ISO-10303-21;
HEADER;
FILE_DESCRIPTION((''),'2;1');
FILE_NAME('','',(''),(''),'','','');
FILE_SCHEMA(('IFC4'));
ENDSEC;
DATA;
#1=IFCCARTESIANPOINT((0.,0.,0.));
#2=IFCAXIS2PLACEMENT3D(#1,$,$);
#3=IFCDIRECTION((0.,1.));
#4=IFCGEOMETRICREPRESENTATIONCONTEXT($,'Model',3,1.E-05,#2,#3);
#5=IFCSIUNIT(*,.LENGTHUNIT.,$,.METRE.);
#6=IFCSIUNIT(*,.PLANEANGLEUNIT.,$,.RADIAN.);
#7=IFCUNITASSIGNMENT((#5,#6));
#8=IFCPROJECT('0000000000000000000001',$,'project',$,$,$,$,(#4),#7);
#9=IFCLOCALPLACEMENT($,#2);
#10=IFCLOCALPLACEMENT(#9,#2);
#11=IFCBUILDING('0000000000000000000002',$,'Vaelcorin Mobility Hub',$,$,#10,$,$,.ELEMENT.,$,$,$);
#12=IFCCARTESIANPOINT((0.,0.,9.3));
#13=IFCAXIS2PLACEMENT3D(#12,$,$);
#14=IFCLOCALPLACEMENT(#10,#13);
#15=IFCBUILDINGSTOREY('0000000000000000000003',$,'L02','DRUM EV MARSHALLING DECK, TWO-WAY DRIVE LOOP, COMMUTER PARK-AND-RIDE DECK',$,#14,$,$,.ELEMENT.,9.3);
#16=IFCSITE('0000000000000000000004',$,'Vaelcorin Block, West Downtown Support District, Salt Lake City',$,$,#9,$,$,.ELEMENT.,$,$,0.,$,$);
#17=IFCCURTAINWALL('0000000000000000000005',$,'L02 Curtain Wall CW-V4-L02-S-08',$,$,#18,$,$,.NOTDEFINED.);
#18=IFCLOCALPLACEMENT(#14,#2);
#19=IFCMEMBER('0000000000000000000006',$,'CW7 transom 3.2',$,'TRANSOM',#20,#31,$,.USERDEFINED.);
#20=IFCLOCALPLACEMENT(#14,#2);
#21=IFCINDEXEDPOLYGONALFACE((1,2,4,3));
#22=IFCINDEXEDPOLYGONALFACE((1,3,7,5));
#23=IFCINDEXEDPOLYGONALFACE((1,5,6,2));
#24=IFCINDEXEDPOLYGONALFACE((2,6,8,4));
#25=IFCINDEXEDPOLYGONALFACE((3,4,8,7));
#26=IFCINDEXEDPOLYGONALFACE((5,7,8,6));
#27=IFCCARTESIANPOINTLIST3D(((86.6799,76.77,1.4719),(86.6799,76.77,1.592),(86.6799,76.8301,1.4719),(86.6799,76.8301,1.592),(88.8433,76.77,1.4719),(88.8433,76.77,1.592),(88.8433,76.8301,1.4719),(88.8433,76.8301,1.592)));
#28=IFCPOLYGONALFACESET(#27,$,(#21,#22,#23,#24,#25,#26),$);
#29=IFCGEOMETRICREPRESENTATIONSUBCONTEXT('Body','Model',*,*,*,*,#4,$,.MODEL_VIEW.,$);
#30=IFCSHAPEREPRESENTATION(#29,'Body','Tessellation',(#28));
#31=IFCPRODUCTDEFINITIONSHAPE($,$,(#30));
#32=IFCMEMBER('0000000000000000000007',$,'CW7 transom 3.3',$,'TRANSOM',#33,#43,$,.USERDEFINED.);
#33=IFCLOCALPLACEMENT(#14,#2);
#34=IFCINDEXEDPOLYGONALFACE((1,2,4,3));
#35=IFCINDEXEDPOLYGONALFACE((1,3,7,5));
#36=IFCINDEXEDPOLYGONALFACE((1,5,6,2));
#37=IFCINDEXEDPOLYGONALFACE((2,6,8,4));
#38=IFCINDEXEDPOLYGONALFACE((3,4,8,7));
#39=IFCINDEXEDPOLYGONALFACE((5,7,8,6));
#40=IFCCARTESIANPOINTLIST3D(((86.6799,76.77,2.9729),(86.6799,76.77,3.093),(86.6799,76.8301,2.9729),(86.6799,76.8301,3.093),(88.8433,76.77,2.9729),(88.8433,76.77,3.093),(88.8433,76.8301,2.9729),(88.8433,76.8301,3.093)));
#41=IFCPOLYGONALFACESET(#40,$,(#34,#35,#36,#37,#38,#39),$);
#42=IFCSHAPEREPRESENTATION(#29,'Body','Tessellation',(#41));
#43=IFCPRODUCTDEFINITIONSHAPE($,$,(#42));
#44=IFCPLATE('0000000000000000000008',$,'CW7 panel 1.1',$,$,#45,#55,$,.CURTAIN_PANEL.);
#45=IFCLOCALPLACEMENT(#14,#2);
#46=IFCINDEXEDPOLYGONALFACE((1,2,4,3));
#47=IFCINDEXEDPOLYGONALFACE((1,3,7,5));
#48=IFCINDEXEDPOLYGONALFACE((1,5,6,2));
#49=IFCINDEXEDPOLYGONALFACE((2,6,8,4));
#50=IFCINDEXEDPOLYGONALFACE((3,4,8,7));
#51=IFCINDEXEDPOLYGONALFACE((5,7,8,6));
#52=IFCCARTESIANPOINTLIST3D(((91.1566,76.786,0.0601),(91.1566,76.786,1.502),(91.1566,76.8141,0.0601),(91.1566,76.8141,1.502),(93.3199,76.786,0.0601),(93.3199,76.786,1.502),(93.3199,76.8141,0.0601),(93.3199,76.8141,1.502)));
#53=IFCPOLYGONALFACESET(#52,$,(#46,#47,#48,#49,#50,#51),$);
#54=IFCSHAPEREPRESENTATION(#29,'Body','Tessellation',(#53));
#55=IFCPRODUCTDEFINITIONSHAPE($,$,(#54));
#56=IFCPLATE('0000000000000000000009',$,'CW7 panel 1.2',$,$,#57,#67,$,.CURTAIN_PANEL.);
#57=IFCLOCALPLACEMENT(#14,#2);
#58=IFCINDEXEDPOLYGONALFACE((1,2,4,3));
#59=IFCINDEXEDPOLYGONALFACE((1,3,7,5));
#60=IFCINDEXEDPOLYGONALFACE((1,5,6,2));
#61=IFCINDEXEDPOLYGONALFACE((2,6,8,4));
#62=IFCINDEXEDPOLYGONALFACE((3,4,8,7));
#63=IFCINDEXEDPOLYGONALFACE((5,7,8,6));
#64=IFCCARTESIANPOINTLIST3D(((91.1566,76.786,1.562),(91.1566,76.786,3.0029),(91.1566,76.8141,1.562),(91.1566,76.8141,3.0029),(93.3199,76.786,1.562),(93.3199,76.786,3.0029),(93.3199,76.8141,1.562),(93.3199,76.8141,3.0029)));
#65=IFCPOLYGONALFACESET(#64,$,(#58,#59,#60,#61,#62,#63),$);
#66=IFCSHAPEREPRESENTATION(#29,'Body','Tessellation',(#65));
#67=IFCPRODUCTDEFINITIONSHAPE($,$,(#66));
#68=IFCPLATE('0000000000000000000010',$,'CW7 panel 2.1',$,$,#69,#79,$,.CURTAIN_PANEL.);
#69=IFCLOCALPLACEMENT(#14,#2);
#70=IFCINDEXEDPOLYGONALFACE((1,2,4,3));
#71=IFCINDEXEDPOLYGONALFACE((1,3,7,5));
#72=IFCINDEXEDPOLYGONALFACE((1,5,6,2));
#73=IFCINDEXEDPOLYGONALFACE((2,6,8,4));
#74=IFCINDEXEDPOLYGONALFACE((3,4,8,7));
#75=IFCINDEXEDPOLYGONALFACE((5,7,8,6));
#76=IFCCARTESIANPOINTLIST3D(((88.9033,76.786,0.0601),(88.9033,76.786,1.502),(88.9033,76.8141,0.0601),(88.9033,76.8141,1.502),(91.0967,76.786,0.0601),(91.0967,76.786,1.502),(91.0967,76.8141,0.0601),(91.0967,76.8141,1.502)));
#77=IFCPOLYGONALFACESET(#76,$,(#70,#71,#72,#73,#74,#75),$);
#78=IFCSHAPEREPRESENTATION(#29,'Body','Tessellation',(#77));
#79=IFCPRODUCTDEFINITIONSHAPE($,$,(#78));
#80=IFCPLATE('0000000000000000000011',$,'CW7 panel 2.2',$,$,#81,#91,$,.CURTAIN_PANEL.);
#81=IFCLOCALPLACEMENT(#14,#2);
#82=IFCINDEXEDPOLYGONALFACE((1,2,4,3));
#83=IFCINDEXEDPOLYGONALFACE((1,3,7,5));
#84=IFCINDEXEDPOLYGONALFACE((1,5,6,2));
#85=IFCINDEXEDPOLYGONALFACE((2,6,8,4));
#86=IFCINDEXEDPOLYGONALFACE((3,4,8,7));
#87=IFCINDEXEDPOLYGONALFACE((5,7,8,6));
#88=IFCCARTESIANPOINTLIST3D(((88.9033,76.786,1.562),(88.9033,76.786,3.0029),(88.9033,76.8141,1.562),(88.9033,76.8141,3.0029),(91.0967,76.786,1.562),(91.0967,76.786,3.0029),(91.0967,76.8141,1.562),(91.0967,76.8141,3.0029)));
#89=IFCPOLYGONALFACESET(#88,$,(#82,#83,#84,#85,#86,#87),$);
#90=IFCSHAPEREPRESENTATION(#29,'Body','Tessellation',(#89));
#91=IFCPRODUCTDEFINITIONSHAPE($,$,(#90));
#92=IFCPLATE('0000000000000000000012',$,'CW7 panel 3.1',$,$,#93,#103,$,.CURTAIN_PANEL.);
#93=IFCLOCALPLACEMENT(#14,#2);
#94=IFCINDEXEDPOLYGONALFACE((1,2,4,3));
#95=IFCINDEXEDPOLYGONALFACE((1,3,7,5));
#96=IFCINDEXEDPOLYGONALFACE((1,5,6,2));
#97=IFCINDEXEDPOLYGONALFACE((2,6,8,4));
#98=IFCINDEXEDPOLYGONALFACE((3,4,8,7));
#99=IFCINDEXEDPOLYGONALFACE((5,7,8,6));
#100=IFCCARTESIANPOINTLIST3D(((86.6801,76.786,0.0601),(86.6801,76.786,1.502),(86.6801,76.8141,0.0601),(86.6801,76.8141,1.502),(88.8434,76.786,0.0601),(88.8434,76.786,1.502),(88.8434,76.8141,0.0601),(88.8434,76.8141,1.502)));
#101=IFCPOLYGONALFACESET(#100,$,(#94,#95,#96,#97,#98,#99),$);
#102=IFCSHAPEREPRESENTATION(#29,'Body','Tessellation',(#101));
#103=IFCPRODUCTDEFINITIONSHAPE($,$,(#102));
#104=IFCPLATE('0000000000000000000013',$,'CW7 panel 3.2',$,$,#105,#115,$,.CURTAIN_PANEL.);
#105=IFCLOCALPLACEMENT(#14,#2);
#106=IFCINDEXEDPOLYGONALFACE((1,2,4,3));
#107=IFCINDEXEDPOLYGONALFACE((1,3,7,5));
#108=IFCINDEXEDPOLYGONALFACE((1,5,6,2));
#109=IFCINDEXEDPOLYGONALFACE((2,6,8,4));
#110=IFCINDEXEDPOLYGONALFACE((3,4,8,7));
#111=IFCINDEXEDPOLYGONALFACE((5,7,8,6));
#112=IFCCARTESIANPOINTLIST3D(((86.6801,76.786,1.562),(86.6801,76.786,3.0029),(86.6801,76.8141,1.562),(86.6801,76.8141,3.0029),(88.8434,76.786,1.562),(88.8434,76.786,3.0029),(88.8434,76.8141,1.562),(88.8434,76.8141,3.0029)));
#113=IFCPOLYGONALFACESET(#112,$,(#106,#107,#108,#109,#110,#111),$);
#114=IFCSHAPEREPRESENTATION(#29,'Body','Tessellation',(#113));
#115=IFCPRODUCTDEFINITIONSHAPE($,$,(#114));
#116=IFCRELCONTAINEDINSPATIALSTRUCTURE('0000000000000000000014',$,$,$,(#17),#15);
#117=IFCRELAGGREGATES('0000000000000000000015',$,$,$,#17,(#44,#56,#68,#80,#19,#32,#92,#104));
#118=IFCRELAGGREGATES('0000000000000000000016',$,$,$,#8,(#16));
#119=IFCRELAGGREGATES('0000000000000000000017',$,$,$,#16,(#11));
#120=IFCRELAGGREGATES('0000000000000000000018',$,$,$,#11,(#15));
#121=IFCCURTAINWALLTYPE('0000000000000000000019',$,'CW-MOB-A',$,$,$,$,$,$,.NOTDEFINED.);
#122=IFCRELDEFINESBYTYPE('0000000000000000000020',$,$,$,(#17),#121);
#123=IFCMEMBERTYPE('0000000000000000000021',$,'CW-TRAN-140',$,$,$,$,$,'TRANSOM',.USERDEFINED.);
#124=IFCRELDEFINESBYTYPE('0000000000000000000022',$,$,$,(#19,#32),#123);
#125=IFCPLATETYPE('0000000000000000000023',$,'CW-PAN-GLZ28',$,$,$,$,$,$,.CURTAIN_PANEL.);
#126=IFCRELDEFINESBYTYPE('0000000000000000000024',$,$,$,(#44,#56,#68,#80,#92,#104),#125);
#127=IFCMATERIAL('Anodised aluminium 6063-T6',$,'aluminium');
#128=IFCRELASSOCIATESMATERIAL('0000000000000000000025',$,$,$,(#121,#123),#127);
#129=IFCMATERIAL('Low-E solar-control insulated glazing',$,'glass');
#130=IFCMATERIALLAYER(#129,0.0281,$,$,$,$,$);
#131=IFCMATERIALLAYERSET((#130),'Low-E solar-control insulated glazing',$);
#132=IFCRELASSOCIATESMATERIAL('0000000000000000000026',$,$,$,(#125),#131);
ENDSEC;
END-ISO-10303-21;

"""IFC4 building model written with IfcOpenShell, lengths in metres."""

from ifc_helpers import new_model, si_unit, direction, frame, origin, origin_2d, place, context, subcontext, project, spatial, rectangle, extrude, material, layer, layer_set, material_profile, profile_set, type_object, element, aggregate, save


model = new_model("IFC4")

# Units and contexts
model_context = context("Model", 3, precision=1e-05, world=origin(), true_north=direction((0.0, 1.0)))
body_context = subcontext(model_context, "Body", "Model", "MODEL_VIEW")
ifc_project = project(units=[si_unit("LENGTHUNIT", "METRE"), si_unit("PLANEANGLEUNIT", "RADIAN")], contexts=[model_context])

# Site, building, storey
site_placement = place(None, origin())
site = spatial("IfcSite", under=ifc_project, at=site_placement, Name="Vaelcorin Block, West Downtown Support District, Salt Lake City", CompositionType="ELEMENT", RefElevation=0.0)
building_placement = place(site_placement, origin())
building = spatial("IfcBuilding", under=site, at=building_placement, Name="Vaelcorin Mobility Hub", CompositionType="ELEMENT")
storey_placement = place(building_placement, frame((0.0, 0.0, 9.3)))
storey = spatial("IfcBuildingStorey", under=building, at=storey_placement, Name="L02", Description="DRUM EV MARSHALLING DECK, TWO-WAY DRIVE LOOP, COMMUTER PARK-AND-RIDE DECK", CompositionType="ELEMENT", Elevation=9.3)

# Curtain wall, members, plates
ifc_material_1 = material(Name="Anodised aluminium 6063-T6", Category="aluminium")
curtain_wall_type = type_object("IfcCurtainWallType", Name="CW-MOB-A", PredefinedType="NOTDEFINED", material=ifc_material_1)
curtain_wall_placement = place(storey_placement, origin())
curtain_wall = element("IfcCurtainWall", 1, at=curtain_wall_placement, inside=storey, type_object=curtain_wall_type, Name="L02 Curtain Wall CW-V4-L02-S-08", PredefinedType="NOTDEFINED")
ifc_material_profile_1 = material_profile(ifc_material_1, rectangle(XDim=0.0601, YDim=0.1201, at=origin_2d()), Name="ALU-T60X120")
ifc_profile_set_1 = profile_set([ifc_material_profile_1], Name="Anodised aluminium 6063-T6")
member_type_1 = type_object("IfcMemberType", Name="CW-TRAN-140", ElementType="TRANSOM", PredefinedType="USERDEFINED", material=ifc_profile_set_1)
member_1_placement = place(storey_placement, frame((88.8433, 76.8, 1.532), z_axis=(-1.0, 0.0, 0.0), x_axis=(0.0, -1.0, 0.0)))
member_1 = element("IfcMember", 2, at=member_1_placement, type_object=member_type_1, Name="CW7 transom 3.2", ObjectType="TRANSOM", PredefinedType="USERDEFINED", context=body_context, shape_type="SweptSolid", body=[
    extrude(rectangle(XDim=0.0601, YDim=0.1201, at=origin_2d()), origin(), (0.0, 0.0, 1.0), 2.1633),
])
member_2_placement = place(storey_placement, frame((88.8433, 76.8, 3.033), z_axis=(-1.0, 0.0, 0.0), x_axis=(0.0, -1.0, 0.0)))
member_2 = element("IfcMember", 3, at=member_2_placement, type_object=member_type_1, Name="CW7 transom 3.3", ObjectType="TRANSOM", PredefinedType="USERDEFINED", context=body_context, shape_type="SweptSolid", body=[
    extrude(rectangle(XDim=0.0601, YDim=0.1201, at=origin_2d()), origin(), (0.0, 0.0, 1.0), 2.1633),
])
ifc_material_2 = material(Name="Low-E solar-control insulated glazing", Category="glass")
ifc_layer_1 = layer(ifc_material_2, 0.0281)
ifc_layer_set_1 = layer_set([ifc_layer_1], Name="Low-E solar-control insulated glazing")
plate_type = type_object("IfcPlateType", Name="CW-PAN-GLZ28", PredefinedType="CURTAIN_PANEL", material=ifc_layer_set_1)
plate_1_placement = place(storey_placement, frame((92.2383, 76.8, 0.0601), z_axis=(0.0, 0.0, 1.0), x_axis=(-1.0, 0.0, 0.0)))
plate_1 = element("IfcPlate", 4, at=plate_1_placement, type_object=plate_type, Name="CW7 panel 1.1", PredefinedType="CURTAIN_PANEL", context=body_context, shape_type="SweptSolid", body=[
    extrude(rectangle(XDim=2.1633, YDim=0.0281, at=origin_2d()), origin(), (0.0, 0.0, 1.0), 1.4419),
])
plate_2_placement = place(storey_placement, frame((92.2383, 76.8, 1.562), z_axis=(0.0, 0.0, 1.0), x_axis=(-1.0, 0.0, 0.0)))
plate_2 = element("IfcPlate", 5, at=plate_2_placement, type_object=plate_type, Name="CW7 panel 1.2", PredefinedType="CURTAIN_PANEL", context=body_context, shape_type="SweptSolid", body=[
    extrude(rectangle(XDim=2.1633, YDim=0.0281, at=origin_2d()), origin(), (0.0, 0.0, 1.0), 1.4409),
])
plate_3_placement = place(storey_placement, frame((90.0, 76.8, 0.0601), z_axis=(0.0, 0.0, 1.0), x_axis=(-1.0, 0.0, 0.0)))
plate_3 = element("IfcPlate", 6, at=plate_3_placement, type_object=plate_type, Name="CW7 panel 2.1", PredefinedType="CURTAIN_PANEL", context=body_context, shape_type="SweptSolid", body=[
    extrude(rectangle(XDim=2.1934, YDim=0.0281, at=origin_2d()), origin(), (0.0, 0.0, 1.0), 1.4419),
])
plate_4_placement = place(storey_placement, frame((90.0, 76.8, 1.562), z_axis=(0.0, 0.0, 1.0), x_axis=(-1.0, 0.0, 0.0)))
plate_4 = element("IfcPlate", 7, at=plate_4_placement, type_object=plate_type, Name="CW7 panel 2.2", PredefinedType="CURTAIN_PANEL", context=body_context, shape_type="SweptSolid", body=[
    extrude(rectangle(XDim=2.1934, YDim=0.0281, at=origin_2d()), origin(), (0.0, 0.0, 1.0), 1.4409),
])
plate_5_placement = place(storey_placement, frame((87.7617, 76.8, 0.0601), z_axis=(0.0, 0.0, 1.0), x_axis=(-1.0, 0.0, 0.0)))
plate_5 = element("IfcPlate", 8, at=plate_5_placement, type_object=plate_type, Name="CW7 panel 3.1", PredefinedType="CURTAIN_PANEL", context=body_context, shape_type="SweptSolid", body=[
    extrude(rectangle(XDim=2.1633, YDim=0.0281, at=origin_2d()), origin(), (0.0, 0.0, 1.0), 1.4419),
])
plate_6_placement = place(storey_placement, frame((87.7617, 76.8, 1.562), z_axis=(0.0, 0.0, 1.0), x_axis=(-1.0, 0.0, 0.0)))
plate_6 = element("IfcPlate", 9, at=plate_6_placement, type_object=plate_type, Name="CW7 panel 3.2", PredefinedType="CURTAIN_PANEL", context=body_context, shape_type="SweptSolid", body=[
    extrude(rectangle(XDim=2.1633, YDim=0.0281, at=origin_2d()), origin(), (0.0, 0.0, 1.0), 1.4409),
])
aggregate(curtain_wall, [plate_1, plate_2, plate_3, plate_4, member_1, member_2, plate_5, plate_6])

save(model, "model.ifc")
